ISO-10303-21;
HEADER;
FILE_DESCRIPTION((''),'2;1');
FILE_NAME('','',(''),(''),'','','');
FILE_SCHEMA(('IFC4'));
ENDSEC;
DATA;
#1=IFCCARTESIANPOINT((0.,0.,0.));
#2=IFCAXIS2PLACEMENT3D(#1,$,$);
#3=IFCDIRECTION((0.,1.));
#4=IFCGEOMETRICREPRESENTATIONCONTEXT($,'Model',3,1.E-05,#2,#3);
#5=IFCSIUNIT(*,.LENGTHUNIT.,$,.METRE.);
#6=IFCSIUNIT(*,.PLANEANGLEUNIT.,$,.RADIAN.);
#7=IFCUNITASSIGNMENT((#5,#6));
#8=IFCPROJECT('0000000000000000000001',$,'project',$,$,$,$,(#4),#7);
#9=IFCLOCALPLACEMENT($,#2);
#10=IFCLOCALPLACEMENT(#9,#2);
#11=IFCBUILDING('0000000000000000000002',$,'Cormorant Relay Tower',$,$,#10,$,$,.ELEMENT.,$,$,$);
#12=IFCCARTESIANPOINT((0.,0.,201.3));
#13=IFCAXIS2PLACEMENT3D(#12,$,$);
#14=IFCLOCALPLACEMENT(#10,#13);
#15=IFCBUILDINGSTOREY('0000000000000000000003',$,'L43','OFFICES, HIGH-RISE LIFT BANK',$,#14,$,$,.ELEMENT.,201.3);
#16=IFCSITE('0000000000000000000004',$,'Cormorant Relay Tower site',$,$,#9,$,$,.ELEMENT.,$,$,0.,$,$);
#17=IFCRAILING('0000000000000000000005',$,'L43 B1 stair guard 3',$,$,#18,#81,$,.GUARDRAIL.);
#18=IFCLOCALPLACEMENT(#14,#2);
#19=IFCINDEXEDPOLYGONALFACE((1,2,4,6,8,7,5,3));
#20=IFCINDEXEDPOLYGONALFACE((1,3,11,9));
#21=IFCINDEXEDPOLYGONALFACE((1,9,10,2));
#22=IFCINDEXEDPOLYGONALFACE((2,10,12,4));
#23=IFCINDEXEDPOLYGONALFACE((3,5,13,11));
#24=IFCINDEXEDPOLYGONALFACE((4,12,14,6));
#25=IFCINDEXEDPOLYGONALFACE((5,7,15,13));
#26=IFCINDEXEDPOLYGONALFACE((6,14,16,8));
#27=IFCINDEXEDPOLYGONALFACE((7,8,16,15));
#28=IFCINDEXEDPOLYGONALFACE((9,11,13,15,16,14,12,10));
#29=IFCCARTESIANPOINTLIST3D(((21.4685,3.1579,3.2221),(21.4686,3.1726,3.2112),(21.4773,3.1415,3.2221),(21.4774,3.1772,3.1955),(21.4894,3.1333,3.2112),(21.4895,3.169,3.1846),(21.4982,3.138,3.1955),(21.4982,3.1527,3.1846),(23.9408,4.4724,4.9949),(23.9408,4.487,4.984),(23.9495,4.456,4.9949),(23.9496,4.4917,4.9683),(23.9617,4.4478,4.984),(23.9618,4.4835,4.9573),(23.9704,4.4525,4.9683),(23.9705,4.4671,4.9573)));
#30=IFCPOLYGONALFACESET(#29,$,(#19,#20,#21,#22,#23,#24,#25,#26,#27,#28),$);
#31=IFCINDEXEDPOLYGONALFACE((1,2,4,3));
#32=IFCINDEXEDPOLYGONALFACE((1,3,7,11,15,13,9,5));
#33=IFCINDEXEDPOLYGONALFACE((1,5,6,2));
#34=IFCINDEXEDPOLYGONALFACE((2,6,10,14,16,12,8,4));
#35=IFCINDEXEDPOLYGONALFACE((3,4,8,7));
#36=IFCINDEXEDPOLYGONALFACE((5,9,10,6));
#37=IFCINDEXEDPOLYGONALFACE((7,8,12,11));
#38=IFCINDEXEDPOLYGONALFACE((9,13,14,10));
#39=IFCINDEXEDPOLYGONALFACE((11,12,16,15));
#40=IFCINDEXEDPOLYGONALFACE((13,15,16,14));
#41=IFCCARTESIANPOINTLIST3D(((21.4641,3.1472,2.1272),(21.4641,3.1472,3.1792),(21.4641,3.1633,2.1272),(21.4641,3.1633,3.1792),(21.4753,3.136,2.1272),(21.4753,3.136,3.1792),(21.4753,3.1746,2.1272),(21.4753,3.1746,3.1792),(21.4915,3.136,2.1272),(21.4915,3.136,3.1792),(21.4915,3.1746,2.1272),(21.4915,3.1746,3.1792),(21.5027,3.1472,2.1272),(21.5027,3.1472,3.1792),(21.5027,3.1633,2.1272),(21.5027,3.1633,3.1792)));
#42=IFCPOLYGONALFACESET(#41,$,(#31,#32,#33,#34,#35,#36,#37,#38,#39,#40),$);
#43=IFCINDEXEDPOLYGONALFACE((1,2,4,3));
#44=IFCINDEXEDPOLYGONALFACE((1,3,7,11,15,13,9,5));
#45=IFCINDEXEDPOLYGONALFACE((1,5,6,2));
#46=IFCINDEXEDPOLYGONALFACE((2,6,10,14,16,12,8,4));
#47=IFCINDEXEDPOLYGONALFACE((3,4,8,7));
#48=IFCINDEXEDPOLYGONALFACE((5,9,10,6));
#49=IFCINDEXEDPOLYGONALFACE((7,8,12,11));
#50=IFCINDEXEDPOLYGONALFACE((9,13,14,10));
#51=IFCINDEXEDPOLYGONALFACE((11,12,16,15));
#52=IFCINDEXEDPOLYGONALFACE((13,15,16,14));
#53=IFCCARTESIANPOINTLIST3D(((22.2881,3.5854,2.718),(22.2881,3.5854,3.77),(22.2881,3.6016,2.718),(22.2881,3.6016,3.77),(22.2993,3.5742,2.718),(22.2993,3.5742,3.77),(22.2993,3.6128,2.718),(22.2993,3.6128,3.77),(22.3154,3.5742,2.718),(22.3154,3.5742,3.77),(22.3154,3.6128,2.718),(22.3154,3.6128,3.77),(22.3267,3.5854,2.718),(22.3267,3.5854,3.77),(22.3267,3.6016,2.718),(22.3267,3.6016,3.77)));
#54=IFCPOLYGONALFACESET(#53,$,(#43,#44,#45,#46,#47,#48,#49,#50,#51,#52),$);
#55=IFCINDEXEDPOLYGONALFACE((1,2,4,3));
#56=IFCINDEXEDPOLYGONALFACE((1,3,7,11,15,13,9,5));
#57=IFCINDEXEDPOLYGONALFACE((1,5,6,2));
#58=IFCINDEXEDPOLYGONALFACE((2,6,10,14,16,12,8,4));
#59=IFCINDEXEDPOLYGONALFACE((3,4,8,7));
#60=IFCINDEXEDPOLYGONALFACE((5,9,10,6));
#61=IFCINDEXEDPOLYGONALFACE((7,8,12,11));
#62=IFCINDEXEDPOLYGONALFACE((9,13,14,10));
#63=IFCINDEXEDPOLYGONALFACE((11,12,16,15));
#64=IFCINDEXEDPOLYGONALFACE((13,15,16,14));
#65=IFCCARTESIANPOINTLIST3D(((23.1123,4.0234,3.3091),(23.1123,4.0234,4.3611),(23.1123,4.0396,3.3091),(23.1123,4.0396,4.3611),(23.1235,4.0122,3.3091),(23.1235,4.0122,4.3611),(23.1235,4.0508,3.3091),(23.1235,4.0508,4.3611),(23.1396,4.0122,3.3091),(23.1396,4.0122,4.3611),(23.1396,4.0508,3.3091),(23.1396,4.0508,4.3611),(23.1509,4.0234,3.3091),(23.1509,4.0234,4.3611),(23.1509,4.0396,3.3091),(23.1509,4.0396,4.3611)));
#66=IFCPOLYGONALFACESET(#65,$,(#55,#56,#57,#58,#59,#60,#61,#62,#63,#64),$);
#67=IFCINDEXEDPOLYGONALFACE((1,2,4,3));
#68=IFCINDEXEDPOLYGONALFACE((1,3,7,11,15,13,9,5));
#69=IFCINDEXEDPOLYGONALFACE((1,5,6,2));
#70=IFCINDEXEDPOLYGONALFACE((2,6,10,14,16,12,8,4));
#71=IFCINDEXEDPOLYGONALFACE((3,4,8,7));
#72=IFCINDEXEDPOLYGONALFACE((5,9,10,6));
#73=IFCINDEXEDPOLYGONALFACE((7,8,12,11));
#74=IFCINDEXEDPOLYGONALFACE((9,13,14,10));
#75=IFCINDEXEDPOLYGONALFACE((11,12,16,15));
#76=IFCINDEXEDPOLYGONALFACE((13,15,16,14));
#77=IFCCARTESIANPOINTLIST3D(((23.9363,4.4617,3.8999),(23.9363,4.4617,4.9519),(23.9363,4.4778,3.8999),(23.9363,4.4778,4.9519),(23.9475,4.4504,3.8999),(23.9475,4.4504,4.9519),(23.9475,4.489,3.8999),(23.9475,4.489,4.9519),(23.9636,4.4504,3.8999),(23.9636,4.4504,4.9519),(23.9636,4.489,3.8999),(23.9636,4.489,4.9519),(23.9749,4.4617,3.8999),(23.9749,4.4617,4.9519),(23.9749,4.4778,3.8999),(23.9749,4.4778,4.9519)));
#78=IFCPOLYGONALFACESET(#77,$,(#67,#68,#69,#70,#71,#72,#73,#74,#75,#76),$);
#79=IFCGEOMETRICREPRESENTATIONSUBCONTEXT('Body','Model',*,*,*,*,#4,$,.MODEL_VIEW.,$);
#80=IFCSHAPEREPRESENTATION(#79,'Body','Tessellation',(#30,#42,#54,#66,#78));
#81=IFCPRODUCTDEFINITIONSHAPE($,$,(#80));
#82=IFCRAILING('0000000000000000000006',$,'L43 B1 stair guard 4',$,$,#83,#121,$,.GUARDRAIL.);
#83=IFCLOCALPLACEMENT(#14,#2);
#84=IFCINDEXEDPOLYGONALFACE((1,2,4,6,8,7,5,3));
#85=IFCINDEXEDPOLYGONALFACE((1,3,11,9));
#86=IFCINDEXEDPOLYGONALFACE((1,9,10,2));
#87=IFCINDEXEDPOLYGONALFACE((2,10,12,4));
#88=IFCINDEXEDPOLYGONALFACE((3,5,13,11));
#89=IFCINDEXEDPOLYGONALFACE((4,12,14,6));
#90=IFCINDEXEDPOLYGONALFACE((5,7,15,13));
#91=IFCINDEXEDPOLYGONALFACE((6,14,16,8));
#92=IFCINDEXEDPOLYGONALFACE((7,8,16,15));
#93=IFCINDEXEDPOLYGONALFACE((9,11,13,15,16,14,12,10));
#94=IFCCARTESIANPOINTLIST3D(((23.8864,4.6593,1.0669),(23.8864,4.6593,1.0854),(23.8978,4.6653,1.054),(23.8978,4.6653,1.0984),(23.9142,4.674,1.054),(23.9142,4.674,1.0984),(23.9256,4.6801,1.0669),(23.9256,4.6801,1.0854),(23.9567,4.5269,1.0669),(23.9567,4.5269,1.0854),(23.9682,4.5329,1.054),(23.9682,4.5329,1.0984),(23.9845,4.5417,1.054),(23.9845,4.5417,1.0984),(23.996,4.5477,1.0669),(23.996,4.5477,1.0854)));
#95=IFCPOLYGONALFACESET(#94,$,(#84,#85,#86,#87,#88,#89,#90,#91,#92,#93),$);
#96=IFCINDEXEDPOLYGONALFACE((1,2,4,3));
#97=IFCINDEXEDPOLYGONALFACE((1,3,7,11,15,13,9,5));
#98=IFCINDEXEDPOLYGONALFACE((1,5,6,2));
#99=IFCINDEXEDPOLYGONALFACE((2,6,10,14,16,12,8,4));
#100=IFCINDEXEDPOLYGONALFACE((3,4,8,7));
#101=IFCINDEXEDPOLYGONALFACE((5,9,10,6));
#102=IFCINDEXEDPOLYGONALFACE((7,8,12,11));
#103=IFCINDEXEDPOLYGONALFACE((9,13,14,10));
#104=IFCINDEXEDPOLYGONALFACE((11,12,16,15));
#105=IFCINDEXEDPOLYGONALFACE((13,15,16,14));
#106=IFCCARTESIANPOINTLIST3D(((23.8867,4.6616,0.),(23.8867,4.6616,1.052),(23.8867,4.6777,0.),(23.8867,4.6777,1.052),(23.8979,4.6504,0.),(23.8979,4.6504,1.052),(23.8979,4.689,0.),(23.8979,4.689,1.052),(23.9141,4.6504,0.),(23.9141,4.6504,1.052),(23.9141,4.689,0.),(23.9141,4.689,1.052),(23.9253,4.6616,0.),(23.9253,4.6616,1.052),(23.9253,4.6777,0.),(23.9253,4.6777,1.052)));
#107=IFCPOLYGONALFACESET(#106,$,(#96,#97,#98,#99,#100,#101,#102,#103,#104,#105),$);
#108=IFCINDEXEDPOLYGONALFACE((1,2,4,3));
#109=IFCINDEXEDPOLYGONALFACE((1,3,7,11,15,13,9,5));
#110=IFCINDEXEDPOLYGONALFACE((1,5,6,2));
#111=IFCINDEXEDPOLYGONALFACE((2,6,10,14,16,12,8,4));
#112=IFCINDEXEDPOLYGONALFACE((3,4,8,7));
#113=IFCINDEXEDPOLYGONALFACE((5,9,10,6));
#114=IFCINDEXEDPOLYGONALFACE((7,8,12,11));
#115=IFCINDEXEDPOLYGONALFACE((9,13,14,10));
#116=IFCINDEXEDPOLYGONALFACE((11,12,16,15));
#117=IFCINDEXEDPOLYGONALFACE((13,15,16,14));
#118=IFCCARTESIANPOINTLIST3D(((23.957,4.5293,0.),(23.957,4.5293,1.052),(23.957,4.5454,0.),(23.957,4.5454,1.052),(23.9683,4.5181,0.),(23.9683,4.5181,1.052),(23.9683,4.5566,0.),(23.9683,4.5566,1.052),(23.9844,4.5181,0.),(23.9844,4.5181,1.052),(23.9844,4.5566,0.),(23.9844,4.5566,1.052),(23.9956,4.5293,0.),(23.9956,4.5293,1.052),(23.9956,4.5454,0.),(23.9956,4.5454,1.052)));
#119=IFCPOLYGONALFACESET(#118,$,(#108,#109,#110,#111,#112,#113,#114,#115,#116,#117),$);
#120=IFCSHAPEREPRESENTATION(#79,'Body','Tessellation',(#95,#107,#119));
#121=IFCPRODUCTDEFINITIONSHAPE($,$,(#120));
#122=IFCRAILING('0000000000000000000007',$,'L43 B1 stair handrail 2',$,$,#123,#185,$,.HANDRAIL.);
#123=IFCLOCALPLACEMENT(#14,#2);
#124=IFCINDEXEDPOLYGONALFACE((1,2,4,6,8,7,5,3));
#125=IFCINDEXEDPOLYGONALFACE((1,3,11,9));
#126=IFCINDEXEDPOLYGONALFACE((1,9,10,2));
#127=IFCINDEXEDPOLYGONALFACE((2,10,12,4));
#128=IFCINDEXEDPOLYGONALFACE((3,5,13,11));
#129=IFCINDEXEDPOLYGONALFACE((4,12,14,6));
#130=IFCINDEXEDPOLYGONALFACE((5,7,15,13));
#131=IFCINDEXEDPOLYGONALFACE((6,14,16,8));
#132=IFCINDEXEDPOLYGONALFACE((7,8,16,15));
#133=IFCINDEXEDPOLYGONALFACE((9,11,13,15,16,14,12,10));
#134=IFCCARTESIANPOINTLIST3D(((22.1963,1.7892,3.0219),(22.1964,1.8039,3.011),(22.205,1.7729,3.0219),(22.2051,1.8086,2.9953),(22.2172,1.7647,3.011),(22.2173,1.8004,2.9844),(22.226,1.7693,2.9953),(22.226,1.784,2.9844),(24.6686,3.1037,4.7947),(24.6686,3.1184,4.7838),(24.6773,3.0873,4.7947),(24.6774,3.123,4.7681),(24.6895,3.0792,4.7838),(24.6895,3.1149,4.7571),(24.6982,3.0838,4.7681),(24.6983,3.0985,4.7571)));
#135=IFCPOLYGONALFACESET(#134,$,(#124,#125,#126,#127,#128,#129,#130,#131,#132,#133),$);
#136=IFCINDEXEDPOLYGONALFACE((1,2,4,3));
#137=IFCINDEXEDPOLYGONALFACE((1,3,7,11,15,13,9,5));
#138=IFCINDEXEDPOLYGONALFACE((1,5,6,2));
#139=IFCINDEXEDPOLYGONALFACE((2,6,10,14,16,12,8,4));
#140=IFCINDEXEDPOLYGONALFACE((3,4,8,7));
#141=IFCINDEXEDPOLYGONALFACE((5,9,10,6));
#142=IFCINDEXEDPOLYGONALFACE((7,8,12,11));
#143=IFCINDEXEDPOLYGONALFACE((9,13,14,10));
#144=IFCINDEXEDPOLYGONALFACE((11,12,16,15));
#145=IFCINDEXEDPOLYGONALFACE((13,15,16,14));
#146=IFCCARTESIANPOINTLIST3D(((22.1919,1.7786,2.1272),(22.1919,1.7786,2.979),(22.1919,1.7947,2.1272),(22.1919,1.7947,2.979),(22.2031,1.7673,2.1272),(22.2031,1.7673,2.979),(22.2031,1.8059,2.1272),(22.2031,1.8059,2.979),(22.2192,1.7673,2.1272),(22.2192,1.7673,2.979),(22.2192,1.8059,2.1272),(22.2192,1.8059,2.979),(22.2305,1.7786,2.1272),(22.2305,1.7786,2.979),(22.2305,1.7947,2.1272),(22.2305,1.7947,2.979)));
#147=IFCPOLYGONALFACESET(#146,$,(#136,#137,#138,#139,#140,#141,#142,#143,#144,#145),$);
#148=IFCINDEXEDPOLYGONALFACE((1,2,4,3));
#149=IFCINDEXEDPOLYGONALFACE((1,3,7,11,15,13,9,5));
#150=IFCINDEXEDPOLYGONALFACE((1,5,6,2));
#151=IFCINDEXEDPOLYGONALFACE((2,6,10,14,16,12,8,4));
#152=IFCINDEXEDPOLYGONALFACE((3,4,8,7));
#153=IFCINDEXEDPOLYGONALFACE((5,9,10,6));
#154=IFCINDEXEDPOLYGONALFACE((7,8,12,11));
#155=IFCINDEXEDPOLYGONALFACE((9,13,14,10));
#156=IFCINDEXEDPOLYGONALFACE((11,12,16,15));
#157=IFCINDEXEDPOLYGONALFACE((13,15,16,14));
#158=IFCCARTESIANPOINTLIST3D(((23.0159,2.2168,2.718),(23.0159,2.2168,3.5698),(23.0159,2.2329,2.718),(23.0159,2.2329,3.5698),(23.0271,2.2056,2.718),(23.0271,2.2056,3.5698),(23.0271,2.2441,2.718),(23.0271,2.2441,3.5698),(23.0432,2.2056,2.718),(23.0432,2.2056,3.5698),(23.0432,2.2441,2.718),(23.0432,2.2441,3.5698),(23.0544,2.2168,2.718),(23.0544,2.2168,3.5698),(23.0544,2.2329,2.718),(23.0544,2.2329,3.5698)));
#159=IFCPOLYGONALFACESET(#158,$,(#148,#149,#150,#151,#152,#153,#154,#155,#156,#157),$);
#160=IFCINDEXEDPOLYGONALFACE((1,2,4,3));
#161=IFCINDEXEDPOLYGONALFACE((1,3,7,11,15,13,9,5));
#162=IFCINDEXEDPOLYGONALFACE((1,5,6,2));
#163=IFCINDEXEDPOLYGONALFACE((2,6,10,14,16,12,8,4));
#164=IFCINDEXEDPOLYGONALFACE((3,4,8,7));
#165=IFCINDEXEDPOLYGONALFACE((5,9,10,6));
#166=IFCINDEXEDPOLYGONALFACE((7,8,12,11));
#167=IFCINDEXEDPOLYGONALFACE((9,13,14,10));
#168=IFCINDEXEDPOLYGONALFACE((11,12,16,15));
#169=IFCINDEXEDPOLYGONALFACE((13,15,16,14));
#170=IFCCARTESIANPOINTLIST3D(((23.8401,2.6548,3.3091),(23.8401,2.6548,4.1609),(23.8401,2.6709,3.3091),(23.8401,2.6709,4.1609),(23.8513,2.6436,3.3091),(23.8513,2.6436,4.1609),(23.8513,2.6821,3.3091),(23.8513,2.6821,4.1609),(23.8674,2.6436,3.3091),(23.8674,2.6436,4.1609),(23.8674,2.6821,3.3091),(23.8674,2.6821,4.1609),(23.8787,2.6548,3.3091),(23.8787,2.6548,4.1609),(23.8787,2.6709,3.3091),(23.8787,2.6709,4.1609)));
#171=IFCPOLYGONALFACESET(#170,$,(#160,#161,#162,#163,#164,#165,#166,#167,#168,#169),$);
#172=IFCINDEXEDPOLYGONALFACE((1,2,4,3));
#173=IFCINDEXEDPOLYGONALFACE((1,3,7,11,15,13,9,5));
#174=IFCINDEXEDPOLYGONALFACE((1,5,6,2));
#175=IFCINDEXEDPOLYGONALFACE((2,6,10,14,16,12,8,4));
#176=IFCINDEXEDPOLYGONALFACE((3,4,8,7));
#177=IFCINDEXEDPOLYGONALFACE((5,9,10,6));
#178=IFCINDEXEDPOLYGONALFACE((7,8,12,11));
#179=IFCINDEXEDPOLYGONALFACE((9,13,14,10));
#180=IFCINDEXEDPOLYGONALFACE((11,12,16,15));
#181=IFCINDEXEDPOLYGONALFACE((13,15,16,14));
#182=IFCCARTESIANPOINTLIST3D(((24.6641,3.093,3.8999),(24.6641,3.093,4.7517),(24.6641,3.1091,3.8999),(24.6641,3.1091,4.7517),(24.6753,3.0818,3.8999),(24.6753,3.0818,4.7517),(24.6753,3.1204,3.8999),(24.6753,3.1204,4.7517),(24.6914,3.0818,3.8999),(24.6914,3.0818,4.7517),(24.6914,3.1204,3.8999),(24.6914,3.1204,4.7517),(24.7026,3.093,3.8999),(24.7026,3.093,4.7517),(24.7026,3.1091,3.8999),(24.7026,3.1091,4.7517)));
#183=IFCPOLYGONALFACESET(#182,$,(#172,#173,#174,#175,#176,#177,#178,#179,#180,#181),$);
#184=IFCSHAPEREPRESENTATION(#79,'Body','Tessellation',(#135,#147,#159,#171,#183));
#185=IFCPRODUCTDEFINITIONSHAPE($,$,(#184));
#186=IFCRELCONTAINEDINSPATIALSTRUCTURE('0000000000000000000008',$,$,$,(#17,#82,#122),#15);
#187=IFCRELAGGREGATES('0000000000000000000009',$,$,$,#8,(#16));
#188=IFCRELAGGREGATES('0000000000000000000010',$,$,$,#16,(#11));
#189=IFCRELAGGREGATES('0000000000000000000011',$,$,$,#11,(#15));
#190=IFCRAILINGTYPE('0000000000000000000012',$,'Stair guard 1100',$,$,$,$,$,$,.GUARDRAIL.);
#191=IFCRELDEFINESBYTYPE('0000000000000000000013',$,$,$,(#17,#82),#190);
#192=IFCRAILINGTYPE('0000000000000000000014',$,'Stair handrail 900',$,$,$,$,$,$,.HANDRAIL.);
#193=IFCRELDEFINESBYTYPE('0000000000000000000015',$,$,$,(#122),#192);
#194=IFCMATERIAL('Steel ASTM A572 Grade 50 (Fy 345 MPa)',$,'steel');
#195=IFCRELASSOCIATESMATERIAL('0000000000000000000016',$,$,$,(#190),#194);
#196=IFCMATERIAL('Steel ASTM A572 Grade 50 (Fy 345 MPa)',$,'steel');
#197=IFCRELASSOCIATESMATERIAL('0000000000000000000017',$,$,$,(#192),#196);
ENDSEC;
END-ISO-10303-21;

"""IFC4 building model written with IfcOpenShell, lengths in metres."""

from ifc_helpers import new_model, si_unit, direction, frame, origin, place, context, subcontext, project, spatial, polyline, outline, extrude, material, type_object, element, save


model = new_model("IFC4")

# Units and contexts
model_context = context("Model", 3, precision=1e-05, world=origin(), true_north=direction((0.0, 1.0)))
body_context = subcontext(model_context, "Body", "Model", "MODEL_VIEW")
ifc_project = project(units=[si_unit("LENGTHUNIT", "METRE"), si_unit("PLANEANGLEUNIT", "RADIAN")], contexts=[model_context])

# Site, building, storey
site_placement = place(None, origin())
site = spatial("IfcSite", under=ifc_project, at=site_placement, Name="Cormorant Relay Tower site", CompositionType="ELEMENT", RefElevation=0.0)
building_placement = place(site_placement, origin())
building = spatial("IfcBuilding", under=site, at=building_placement, Name="Cormorant Relay Tower", CompositionType="ELEMENT")
storey_placement = place(building_placement, frame((0.0, 0.0, 201.3)))
storey = spatial("IfcBuildingStorey", under=building, at=storey_placement, Name="L43", Description="OFFICES, HIGH-RISE LIFT BANK", CompositionType="ELEMENT", Elevation=201.3)

# Railings
ifc_material_1 = material(Name="Steel ASTM A572 Grade 50 (Fy 345 MPa)", Category="steel")
railing_type_1 = type_object("IfcRailingType", Name="Stair guard 1100", PredefinedType="GUARDRAIL", material=ifc_material_1)
railing_1_placement = place(storey_placement, frame((21.4834, 3.1553, 2.1272)))
element("IfcRailing", 1, at=railing_1_placement, inside=storey, type_object=railing_type_1, Name="L43 B1 stair guard 3", PredefinedType="GUARDRAIL", context=body_context, shape_type="SweptSolid", body=[
    extrude(outline(polyline([(0.0222, 0.0093), (0.0093, 0.0222), (-0.0093, 0.0222), (-0.0222, 0.0093), (-0.0222, -0.0093), (-0.0093, -0.0222), (0.0093, -0.0222), (0.0222, -0.0093), (0.0222, 0.0093)])), frame((0.0, 0.0, 1.0762), z_axis=(0.746001, 0.396649, 0.534931), x_axis=(-0.469465, 0.882951, 0.0)), (0.0, 0.0, 1.0), 3.314),
    extrude(outline(polyline([(0.0193, 0.0081), (0.0081, 0.0193), (-0.0081, 0.0193), (-0.0193, 0.0081), (-0.0193, -0.0081), (-0.0081, -0.0193), (0.0081, -0.0193), (0.0193, -0.0081), (0.0193, 0.0081)])), origin(), (0.0, 0.0, 1.0), 1.052),
    extrude(outline(polyline([(0.0193, 0.0081), (0.0081, 0.0193), (-0.0081, 0.0193), (-0.0193, 0.0081), (-0.0193, -0.0081), (-0.0081, -0.0193), (0.0081, -0.0193), (0.0193, -0.0081), (0.0193, 0.0081)])), frame((0.824, 0.4382, 0.5908)), (0.0, 0.0, 1.0), 1.052),
    extrude(outline(polyline([(0.0193, 0.0081), (0.0081, 0.0193), (-0.0081, 0.0193), (-0.0193, 0.0081), (-0.0193, -0.0081), (-0.0081, -0.0193), (0.0081, -0.0193), (0.0193, -0.0081), (0.0193, 0.0081)])), frame((1.6482, 0.8762, 1.1819)), (0.0, 0.0, 1.0), 1.052),
    extrude(outline(polyline([(0.0193, 0.0081), (0.0081, 0.0193), (-0.0081, 0.0193), (-0.0193, 0.0081), (-0.0193, -0.0081), (-0.0081, -0.0193), (0.0081, -0.0193), (0.0193, -0.0081), (0.0193, 0.0081)])), frame((2.4722, 1.3145, 1.7727)), (0.0, 0.0, 1.0), 1.052),
])
railing_2_placement = place(storey_placement, frame((23.906, 4.6697, 0.0)))
element("IfcRailing", 2, at=railing_2_placement, inside=storey, type_object=railing_type_1, Name="L43 B1 stair guard 4", PredefinedType="GUARDRAIL", context=body_context, shape_type="SweptSolid", body=[
    extrude(outline(polyline([(0.0222, 0.0093), (0.0093, 0.0222), (-0.0093, 0.0222), (-0.0222, 0.0093), (-0.0222, -0.0093), (-0.0093, -0.0222), (0.0093, -0.0222), (0.0222, -0.0093), (0.0222, 0.0093)])), frame((0.0, 0.0, 1.0762), z_axis=(0.469235, -0.883074, 0.0), x_axis=(0.883074, 0.469235, 0.0)), (0.0, 0.0, 1.0), 0.1499),
    extrude(outline(polyline([(0.0193, 0.0081), (0.0081, 0.0193), (-0.0081, 0.0193), (-0.0193, 0.0081), (-0.0193, -0.0081), (-0.0081, -0.0193), (0.0081, -0.0193), (0.0193, -0.0081), (0.0193, 0.0081)])), origin(), (0.0, 0.0, 1.0), 1.052),
    extrude(outline(polyline([(0.0193, 0.0081), (0.0081, 0.0193), (-0.0081, 0.0193), (-0.0193, 0.0081), (-0.0193, -0.0081), (-0.0081, -0.0193), (0.0081, -0.0193), (0.0193, -0.0081), (0.0193, 0.0081)])), frame((0.0703, -0.1323, 0.0)), (0.0, 0.0, 1.0), 1.052),
])
ifc_material_2 = material(Name="Steel ASTM A572 Grade 50 (Fy 345 MPa)", Category="steel")
railing_type_2 = type_object("IfcRailingType", Name="Stair handrail 900", PredefinedType="HANDRAIL", material=ifc_material_2)
railing_3_placement = place(storey_placement, frame((22.2112, 1.7866, 2.1272)))
element("IfcRailing", 3, at=railing_3_placement, inside=storey, type_object=railing_type_2, Name="L43 B1 stair handrail 2", PredefinedType="HANDRAIL", context=body_context, shape_type="SweptSolid", body=[
    extrude(outline(polyline([(0.0222, 0.0093), (0.0093, 0.0222), (-0.0093, 0.0222), (-0.0222, 0.0093), (-0.0222, -0.0093), (-0.0093, -0.0222), (0.0093, -0.0222), (0.0222, -0.0093), (0.0222, 0.0093)])), frame((0.0, 0.0, 0.876), z_axis=(0.746001, 0.396649, 0.534931), x_axis=(-0.469465, 0.882951, 0.0)), (0.0, 0.0, 1.0), 3.314),
    extrude(outline(polyline([(0.0193, 0.0081), (0.0081, 0.0193), (-0.0081, 0.0193), (-0.0193, 0.0081), (-0.0193, -0.0081), (-0.0081, -0.0193), (0.0081, -0.0193), (0.0193, -0.0081), (0.0193, 0.0081)])), origin(), (0.0, 0.0, 1.0), 0.8518),
    extrude(outline(polyline([(0.0193, 0.0081), (0.0081, 0.0193), (-0.0081, 0.0193), (-0.0193, 0.0081), (-0.0193, -0.0081), (-0.0081, -0.0193), (0.0081, -0.0193), (0.0193, -0.0081), (0.0193, 0.0081)])), frame((0.824, 0.4382, 0.5908)), (0.0, 0.0, 1.0), 0.8518),
    extrude(outline(polyline([(0.0193, 0.0081), (0.0081, 0.0193), (-0.0081, 0.0193), (-0.0193, 0.0081), (-0.0193, -0.0081), (-0.0081, -0.0193), (0.0081, -0.0193), (0.0193, -0.0081), (0.0193, 0.0081)])), frame((1.6482, 0.8762, 1.1819)), (0.0, 0.0, 1.0), 0.8518),
    extrude(outline(polyline([(0.0193, 0.0081), (0.0081, 0.0193), (-0.0081, 0.0193), (-0.0193, 0.0081), (-0.0193, -0.0081), (-0.0081, -0.0193), (0.0081, -0.0193), (0.0193, -0.0081), (0.0193, 0.0081)])), frame((2.4722, 1.3145, 1.7727)), (0.0, 0.0, 1.0), 0.8518),
])

save(model, "model.ifc")
